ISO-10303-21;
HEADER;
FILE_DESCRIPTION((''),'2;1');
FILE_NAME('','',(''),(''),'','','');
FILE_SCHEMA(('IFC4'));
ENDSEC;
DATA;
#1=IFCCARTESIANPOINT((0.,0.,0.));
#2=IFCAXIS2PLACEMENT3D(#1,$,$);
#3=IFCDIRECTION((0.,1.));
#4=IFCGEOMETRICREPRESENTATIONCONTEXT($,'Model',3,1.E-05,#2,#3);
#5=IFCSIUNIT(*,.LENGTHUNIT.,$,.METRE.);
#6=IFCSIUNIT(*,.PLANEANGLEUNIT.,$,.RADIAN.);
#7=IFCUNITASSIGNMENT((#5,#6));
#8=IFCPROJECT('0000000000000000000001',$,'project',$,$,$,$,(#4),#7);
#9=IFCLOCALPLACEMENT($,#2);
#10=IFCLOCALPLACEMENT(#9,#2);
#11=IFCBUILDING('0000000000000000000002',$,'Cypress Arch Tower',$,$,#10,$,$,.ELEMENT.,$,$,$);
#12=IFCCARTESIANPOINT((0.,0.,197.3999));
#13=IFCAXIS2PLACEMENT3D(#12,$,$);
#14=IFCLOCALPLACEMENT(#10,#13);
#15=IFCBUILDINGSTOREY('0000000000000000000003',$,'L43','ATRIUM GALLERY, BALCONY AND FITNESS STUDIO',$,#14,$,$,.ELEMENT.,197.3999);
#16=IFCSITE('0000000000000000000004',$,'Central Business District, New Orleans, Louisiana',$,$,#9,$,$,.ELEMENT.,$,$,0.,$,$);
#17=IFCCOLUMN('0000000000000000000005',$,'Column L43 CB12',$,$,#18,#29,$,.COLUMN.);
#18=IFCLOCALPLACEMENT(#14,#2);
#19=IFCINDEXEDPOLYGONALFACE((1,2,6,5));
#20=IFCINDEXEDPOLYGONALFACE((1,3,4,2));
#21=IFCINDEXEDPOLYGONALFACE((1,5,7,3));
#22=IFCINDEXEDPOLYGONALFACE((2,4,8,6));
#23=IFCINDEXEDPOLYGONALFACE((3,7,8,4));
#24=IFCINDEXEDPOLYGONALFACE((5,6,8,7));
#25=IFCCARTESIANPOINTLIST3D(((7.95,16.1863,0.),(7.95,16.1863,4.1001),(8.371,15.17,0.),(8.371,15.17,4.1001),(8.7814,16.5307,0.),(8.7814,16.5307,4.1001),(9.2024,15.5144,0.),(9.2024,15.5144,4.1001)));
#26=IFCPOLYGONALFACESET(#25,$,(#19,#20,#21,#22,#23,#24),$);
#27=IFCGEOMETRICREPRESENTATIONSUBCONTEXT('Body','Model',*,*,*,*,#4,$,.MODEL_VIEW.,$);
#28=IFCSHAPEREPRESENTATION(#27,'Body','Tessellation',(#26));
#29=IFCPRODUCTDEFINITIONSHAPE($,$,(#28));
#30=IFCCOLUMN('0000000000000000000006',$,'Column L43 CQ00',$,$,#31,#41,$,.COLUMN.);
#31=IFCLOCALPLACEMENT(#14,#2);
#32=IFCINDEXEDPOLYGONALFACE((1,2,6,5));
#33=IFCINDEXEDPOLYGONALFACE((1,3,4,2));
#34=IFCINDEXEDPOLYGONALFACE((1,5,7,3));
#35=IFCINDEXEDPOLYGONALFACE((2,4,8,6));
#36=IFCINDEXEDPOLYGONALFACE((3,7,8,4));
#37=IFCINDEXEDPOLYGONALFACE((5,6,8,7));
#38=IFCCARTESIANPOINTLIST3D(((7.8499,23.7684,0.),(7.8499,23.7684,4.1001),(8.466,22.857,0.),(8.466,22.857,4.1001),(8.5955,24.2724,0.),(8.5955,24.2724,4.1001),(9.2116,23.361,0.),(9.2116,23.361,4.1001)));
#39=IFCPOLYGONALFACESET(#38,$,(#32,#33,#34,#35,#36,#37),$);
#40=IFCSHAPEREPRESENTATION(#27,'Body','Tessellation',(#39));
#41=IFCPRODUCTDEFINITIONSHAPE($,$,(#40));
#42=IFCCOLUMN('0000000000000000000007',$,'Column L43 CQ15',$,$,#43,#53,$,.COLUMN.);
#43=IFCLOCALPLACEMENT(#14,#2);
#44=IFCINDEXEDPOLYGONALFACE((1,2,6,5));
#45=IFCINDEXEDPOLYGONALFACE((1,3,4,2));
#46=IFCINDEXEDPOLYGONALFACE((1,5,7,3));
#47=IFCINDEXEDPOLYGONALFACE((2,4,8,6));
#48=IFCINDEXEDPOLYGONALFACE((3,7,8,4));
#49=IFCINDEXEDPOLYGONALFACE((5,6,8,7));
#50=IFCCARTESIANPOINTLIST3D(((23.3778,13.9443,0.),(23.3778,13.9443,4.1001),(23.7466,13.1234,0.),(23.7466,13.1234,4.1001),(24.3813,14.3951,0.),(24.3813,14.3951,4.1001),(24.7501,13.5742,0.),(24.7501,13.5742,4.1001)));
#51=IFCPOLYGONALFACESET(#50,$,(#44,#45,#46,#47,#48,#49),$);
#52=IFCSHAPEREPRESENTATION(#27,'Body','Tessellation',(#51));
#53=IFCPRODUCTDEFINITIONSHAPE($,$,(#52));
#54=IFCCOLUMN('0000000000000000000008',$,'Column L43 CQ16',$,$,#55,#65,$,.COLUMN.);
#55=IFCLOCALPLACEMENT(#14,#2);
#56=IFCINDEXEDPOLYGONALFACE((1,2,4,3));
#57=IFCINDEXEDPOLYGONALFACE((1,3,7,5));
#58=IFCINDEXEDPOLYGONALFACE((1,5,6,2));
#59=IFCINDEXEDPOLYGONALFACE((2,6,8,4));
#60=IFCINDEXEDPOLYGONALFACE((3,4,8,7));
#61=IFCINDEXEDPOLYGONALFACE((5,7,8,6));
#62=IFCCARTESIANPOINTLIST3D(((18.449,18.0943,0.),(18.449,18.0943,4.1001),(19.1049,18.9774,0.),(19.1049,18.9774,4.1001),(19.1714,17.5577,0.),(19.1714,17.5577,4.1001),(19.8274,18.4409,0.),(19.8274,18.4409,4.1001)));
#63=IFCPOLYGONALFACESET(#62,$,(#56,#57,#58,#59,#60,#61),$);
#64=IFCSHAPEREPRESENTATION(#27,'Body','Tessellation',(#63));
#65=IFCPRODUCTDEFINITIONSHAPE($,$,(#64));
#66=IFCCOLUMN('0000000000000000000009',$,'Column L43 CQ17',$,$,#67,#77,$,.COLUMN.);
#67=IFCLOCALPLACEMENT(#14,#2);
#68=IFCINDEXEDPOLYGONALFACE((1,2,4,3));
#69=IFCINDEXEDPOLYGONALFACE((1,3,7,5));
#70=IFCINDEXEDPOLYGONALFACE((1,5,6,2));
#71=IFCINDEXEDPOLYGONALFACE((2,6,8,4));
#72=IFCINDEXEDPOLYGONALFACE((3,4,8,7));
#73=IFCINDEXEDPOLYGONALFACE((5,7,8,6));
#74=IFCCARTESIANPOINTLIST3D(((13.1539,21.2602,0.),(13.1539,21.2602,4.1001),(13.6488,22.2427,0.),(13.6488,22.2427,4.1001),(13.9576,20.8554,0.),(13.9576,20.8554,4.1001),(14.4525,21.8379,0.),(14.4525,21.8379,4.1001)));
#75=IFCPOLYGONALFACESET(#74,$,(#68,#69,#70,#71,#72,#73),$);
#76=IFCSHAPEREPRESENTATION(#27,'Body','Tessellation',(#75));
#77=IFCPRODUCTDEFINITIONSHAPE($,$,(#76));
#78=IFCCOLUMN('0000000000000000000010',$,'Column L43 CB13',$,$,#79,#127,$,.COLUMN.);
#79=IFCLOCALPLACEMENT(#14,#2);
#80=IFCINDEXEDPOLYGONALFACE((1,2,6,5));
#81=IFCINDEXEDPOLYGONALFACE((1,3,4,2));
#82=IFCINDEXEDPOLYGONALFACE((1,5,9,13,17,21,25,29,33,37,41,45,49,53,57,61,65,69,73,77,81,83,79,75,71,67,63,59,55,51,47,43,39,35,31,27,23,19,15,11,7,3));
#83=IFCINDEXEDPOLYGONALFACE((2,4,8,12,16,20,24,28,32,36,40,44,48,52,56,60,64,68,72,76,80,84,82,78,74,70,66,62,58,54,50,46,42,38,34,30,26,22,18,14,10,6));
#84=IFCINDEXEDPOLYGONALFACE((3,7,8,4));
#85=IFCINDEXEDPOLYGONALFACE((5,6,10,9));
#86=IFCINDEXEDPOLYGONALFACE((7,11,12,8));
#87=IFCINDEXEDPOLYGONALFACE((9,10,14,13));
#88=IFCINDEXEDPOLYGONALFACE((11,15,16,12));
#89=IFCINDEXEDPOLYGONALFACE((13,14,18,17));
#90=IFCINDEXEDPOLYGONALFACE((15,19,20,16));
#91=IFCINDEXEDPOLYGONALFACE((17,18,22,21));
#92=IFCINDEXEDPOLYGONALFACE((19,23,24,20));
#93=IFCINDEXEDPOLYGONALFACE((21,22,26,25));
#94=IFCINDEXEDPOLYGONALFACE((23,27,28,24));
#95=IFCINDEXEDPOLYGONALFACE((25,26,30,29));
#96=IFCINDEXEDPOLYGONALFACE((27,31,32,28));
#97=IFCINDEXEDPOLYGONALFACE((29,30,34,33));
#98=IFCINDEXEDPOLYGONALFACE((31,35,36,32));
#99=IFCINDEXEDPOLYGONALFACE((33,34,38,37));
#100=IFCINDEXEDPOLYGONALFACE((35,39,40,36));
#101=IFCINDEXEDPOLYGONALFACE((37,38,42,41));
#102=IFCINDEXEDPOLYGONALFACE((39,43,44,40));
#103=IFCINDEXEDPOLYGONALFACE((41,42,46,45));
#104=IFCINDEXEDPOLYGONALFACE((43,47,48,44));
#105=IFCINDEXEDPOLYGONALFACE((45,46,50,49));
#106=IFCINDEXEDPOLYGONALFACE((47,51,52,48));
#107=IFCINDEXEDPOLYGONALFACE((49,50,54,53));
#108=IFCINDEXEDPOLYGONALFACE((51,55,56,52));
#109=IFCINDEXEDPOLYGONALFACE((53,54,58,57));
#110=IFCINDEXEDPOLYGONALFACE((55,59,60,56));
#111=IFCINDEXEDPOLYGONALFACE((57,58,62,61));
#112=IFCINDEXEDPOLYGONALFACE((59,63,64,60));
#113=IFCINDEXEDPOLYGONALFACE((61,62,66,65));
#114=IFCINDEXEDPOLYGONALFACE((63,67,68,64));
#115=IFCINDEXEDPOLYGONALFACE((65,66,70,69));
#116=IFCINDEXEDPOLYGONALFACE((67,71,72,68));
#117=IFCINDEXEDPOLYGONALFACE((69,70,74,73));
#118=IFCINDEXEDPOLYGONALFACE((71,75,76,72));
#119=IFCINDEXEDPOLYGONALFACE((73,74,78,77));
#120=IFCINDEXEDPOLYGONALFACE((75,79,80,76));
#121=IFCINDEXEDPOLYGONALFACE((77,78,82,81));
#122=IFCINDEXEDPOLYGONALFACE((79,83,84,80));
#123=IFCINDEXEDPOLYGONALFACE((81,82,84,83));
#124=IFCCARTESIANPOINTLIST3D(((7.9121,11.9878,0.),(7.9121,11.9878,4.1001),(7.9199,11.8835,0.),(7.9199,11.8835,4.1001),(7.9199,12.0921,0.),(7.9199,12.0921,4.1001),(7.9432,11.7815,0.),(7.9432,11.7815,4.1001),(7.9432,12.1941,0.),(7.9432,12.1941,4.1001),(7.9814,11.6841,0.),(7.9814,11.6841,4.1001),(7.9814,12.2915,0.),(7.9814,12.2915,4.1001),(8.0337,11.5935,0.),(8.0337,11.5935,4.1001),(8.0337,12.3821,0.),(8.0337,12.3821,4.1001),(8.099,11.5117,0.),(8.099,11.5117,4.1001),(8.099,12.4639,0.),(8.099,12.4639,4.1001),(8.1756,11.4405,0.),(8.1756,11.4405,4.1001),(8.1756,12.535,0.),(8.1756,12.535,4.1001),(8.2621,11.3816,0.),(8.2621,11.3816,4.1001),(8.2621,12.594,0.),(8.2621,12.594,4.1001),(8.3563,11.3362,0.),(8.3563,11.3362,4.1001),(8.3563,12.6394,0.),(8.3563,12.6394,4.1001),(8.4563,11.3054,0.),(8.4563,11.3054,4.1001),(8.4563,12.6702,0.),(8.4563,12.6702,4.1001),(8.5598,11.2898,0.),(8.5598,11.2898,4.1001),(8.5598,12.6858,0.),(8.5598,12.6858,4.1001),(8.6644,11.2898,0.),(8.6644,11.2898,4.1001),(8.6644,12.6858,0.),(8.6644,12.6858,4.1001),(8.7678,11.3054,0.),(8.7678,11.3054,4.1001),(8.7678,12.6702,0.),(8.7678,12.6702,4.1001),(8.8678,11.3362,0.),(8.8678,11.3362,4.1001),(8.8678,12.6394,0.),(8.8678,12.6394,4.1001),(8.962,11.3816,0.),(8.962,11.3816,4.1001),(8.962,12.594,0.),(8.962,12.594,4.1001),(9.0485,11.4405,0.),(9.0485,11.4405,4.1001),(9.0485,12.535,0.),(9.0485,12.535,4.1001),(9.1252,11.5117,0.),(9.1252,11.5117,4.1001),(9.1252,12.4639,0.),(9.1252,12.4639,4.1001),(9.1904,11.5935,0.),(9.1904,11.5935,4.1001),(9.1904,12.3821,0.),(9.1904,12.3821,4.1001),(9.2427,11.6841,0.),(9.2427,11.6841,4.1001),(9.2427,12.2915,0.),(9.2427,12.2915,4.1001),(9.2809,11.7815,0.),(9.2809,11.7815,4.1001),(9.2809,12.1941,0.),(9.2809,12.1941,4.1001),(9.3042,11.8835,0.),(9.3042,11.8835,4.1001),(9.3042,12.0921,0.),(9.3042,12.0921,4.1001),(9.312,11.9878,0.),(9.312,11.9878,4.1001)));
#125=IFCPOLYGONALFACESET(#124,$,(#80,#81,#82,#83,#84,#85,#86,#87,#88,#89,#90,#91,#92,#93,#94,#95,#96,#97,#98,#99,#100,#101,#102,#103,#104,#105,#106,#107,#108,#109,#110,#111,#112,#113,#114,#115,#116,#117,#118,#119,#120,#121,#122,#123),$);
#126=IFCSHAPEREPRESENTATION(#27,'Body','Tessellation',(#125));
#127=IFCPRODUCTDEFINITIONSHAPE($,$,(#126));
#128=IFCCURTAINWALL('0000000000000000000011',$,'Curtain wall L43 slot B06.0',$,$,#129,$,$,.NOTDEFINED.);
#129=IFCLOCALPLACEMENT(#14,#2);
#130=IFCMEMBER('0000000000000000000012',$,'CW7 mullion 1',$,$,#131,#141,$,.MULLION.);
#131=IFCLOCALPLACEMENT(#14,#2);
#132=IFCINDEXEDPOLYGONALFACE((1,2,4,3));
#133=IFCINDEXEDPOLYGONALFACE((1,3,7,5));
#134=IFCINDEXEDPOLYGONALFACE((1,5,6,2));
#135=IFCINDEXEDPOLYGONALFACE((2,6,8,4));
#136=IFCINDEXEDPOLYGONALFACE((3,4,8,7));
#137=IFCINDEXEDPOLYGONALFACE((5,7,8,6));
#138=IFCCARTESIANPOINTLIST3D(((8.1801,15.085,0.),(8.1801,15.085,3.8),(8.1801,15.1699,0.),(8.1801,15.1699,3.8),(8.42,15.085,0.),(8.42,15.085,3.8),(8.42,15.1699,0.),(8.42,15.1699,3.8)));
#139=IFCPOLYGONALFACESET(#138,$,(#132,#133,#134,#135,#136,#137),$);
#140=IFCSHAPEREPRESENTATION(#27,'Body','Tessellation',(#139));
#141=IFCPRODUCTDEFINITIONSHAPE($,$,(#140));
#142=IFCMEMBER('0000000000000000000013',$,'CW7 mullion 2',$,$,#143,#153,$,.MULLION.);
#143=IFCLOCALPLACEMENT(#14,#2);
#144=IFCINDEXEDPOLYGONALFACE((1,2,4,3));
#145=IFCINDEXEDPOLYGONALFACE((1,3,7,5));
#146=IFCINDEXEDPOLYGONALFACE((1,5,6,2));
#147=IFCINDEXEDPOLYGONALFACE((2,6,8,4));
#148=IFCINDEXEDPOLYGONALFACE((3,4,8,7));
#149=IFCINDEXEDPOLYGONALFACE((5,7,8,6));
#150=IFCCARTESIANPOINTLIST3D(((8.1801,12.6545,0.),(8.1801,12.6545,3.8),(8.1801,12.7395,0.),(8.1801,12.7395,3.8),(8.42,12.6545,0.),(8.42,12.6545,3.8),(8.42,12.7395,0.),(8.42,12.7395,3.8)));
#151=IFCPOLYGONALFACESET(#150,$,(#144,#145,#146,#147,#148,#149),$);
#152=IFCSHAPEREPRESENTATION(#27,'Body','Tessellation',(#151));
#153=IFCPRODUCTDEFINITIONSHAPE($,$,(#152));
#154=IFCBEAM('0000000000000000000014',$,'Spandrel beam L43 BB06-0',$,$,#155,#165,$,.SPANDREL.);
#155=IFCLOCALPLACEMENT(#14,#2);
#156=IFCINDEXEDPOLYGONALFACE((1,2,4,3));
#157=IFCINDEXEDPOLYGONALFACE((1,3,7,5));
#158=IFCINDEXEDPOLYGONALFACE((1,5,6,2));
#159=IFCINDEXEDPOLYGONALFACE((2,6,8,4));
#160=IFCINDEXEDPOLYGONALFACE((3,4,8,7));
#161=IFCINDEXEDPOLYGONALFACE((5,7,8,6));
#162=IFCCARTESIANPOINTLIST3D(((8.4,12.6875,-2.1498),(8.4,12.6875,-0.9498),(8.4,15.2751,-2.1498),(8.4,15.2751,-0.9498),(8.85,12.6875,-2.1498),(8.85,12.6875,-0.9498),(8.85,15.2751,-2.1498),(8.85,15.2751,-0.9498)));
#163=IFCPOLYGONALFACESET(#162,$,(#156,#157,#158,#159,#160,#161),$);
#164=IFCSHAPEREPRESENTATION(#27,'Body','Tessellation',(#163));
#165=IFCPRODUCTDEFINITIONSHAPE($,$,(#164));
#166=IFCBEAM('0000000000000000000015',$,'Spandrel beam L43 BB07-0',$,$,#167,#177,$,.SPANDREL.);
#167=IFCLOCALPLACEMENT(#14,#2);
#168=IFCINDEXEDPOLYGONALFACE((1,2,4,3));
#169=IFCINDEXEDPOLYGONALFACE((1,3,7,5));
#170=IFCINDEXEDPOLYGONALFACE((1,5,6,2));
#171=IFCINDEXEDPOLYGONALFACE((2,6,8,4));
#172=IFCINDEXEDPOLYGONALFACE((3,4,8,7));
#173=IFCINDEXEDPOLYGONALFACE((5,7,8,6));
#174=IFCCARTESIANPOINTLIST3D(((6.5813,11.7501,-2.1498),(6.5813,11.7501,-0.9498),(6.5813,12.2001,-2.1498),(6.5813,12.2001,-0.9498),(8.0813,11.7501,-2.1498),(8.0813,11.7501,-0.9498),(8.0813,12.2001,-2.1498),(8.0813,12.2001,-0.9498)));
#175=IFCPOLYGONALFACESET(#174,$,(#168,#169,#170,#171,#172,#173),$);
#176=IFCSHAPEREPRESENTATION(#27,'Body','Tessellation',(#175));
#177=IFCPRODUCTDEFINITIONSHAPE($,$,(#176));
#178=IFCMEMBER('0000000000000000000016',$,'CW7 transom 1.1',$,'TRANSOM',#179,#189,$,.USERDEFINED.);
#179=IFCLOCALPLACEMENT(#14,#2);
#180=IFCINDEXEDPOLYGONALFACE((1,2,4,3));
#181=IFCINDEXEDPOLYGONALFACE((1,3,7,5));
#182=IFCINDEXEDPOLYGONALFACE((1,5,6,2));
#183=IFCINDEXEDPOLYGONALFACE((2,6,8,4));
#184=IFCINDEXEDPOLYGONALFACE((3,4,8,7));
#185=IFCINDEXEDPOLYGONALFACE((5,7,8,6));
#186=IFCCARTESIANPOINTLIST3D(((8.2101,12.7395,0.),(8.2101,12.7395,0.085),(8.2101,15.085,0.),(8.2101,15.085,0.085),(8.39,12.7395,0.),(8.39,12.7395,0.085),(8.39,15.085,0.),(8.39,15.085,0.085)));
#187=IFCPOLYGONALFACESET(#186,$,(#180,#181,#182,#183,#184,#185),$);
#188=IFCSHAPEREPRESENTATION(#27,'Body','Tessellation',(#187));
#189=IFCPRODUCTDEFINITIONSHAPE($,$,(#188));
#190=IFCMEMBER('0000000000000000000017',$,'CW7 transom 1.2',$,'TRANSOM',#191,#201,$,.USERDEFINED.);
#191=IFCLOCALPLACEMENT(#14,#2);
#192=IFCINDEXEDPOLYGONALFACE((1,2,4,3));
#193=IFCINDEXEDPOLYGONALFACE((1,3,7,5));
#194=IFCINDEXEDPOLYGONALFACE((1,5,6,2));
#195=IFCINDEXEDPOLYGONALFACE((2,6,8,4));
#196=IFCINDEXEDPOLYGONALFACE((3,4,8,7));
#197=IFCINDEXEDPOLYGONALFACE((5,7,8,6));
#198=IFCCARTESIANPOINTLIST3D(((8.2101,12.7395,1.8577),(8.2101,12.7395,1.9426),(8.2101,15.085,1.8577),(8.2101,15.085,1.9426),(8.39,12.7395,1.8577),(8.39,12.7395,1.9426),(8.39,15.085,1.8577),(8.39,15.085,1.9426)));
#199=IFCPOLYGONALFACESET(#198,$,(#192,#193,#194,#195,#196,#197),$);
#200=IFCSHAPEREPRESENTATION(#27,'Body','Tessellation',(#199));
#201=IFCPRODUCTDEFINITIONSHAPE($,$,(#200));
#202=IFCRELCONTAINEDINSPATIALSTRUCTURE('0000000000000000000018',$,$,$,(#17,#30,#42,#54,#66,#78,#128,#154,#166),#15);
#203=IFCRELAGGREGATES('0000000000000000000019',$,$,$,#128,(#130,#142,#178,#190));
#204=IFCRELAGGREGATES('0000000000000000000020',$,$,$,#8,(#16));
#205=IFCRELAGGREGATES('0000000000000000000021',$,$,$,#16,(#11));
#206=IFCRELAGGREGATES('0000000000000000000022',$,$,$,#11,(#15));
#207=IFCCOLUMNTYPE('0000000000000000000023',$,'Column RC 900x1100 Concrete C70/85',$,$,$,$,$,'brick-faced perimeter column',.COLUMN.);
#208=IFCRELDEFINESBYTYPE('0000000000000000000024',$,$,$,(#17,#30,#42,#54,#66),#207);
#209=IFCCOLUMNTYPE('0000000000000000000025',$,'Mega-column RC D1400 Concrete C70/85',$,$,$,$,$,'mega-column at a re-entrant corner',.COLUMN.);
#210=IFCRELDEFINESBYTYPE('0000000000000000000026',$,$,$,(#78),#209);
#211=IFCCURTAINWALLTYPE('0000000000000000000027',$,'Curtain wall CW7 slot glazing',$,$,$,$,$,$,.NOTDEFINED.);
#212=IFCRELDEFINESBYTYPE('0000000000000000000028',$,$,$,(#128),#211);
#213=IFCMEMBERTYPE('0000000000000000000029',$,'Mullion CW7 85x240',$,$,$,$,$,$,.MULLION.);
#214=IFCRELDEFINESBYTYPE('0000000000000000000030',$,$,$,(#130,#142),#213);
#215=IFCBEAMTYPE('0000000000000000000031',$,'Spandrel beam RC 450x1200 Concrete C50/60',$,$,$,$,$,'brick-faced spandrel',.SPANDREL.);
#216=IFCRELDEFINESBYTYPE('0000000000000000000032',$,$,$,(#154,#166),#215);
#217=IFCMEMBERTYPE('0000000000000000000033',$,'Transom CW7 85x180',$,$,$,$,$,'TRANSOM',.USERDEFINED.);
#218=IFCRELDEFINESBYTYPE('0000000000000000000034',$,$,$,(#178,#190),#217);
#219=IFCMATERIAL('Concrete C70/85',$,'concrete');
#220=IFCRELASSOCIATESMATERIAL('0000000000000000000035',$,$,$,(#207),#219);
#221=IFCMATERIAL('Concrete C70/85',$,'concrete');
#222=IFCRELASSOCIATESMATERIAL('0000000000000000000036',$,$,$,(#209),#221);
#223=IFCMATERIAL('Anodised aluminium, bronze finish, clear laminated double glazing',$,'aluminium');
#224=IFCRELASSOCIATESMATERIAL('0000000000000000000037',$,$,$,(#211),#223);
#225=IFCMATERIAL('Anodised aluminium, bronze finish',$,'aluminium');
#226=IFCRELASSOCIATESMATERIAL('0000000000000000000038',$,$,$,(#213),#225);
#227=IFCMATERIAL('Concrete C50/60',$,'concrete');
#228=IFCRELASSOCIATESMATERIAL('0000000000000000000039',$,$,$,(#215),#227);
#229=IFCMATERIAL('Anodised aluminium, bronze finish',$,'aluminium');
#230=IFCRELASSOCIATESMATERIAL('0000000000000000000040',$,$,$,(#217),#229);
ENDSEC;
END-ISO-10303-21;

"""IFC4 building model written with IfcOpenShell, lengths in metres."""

from ifc_helpers import new_model, si_unit, direction, frame, origin, origin_2d, place, context, subcontext, project, spatial, rectangle, circle, extrude, material, material_profile, profile_set, type_object, element, aggregate, save


model = new_model("IFC4")

# Units and contexts
model_context = context("Model", 3, precision=1e-05, world=origin(), true_north=direction((0.0, 1.0)))
body_context = subcontext(model_context, "Body", "Model", "MODEL_VIEW")
ifc_project = project(units=[si_unit("LENGTHUNIT", "METRE"), si_unit("PLANEANGLEUNIT", "RADIAN")], contexts=[model_context])

# Site, building, storey
site_placement = place(None, origin())
site = spatial("IfcSite", under=ifc_project, at=site_placement, Name="Central Business District, New Orleans, Louisiana", CompositionType="ELEMENT", RefElevation=0.0)
building_placement = place(site_placement, origin())
building = spatial("IfcBuilding", under=site, at=building_placement, Name="Cypress Arch Tower", CompositionType="ELEMENT")
storey_placement = place(building_placement, frame((0.0, 0.0, 197.3999)))
storey = spatial("IfcBuildingStorey", under=building, at=storey_placement, Name="L43", Description="ATRIUM GALLERY, BALCONY AND FITNESS STUDIO", CompositionType="ELEMENT", Elevation=197.3999)

# Columns
ifc_material_1 = material(Name="Concrete C70/85", Category="concrete")
ifc_material_profile_1 = material_profile(ifc_material_1, rectangle(XDim=0.8999, YDim=1.1001, at=origin_2d()), Name="RC 900x1100")
ifc_profile_set_1 = profile_set([ifc_material_profile_1], Name="Concrete C70/85")
column_type_1 = type_object("IfcColumnType", Name="Column RC 900x1100 Concrete C70/85", ElementType="brick-faced perimeter column", PredefinedType="COLUMN", material=ifc_profile_set_1)
for number, where, z_axis, x_axis, name in (
    (1, (8.5762, 15.8503, 0.0), (0.0, 0.0, 1.0), (-0.92388, -0.382683, 0.0), "Column L43 CB12"),
    (2, (8.5308, 23.5647, 0.0), (0.0, 0.0, 1.0), (-0.82847, -0.560034, 0.0), "Column L43 CQ00"),
    (3, (24.064, 13.7593, 0.0), (0.0, 0.0, 1.0), (-0.409765, 0.912191, 0.0), "Column L43 CQ15"),
    (4, (19.1382, 18.2676, 0.0), (0.0, 0.0, 1.0), (-0.802799, 0.59625, 0.0), "Column L43 CQ16"),
    (5, (13.8032, 21.5491, 0.0), (0.0, 0.0, 1.0), (-0.893106, 0.449845, 0.0), "Column L43 CQ17"),
):
    element("IfcColumn", number, at=place(storey_placement, frame(where, z_axis=z_axis, x_axis=x_axis)), inside=storey, type_object=column_type_1, Name=name, PredefinedType="COLUMN", context=body_context, shape_type="SweptSolid", body=[
        extrude(rectangle(XDim=0.8999, YDim=1.1001, at=origin_2d()), origin(), (0.0, 0.0, 1.0), 4.1001),
    ])
ifc_material_2 = material(Name="Concrete C70/85", Category="concrete")
ifc_material_profile_2 = material_profile(ifc_material_2, circle(Radius=0.7, at=origin_2d()), Name="RC D1400")
ifc_profile_set_2 = profile_set([ifc_material_profile_2], Name="Concrete C70/85")
column_type_2 = type_object("IfcColumnType", Name="Mega-column RC D1400 Concrete C70/85", ElementType="mega-column at a re-entrant corner", PredefinedType="COLUMN", material=ifc_profile_set_2)
column_placement = place(storey_placement, frame((8.6121, 11.9878, 0.0), z_axis=(0.0, 0.0, 1.0), x_axis=(1.0, 0.0, 0.0)))
element("IfcColumn", 6, at=column_placement, inside=storey, type_object=column_type_2, Name="Column L43 CB13", PredefinedType="COLUMN", context=body_context, shape_type="SweptSolid", body=[
    extrude(circle(Radius=0.7, at=origin_2d()), origin(), (0.0, 0.0, 1.0), 4.1001),
])

# Curtain wall, members
ifc_material_3 = material(Name="Anodised aluminium, bronze finish, clear laminated double glazing", Category="aluminium")
curtain_wall_type = type_object("IfcCurtainWallType", Name="Curtain wall CW7 slot glazing", PredefinedType="NOTDEFINED", material=ifc_material_3)
curtain_wall_placement = place(storey_placement, origin())
curtain_wall = element("IfcCurtainWall", 7, at=curtain_wall_placement, inside=storey, type_object=curtain_wall_type, Name="Curtain wall L43 slot B06.0", PredefinedType="NOTDEFINED")
ifc_material_4 = material(Name="Anodised aluminium, bronze finish", Category="aluminium")
ifc_material_profile_3 = material_profile(ifc_material_4, rectangle(XDim=0.24, YDim=0.085, at=origin_2d()), Name="Mullion 85x240")
ifc_profile_set_3 = profile_set([ifc_material_profile_3], Name="Anodised aluminium, bronze finish")
member_type_1 = type_object("IfcMemberType", Name="Mullion CW7 85x240", PredefinedType="MULLION", material=ifc_profile_set_3)
member_1_placement = place(storey_placement, frame((8.3, 15.1274, 0.0), z_axis=(0.0, 0.0, 1.0), x_axis=(1.0, 0.0, 0.0)))
member_1 = element("IfcMember", 8, at=member_1_placement, type_object=member_type_1, Name="CW7 mullion 1", PredefinedType="MULLION", context=body_context, shape_type="SweptSolid", body=[
    extrude(rectangle(XDim=0.24, YDim=0.085, at=origin_2d()), origin(), (0.0, 0.0, 1.0), 3.8),
])
member_2_placement = place(storey_placement, frame((8.3, 12.697, 0.0), z_axis=(0.0, 0.0, 1.0), x_axis=(1.0, 0.0, 0.0)))
member_2 = element("IfcMember", 9, at=member_2_placement, type_object=member_type_1, Name="CW7 mullion 2", PredefinedType="MULLION", context=body_context, shape_type="SweptSolid", body=[
    extrude(rectangle(XDim=0.24, YDim=0.085, at=origin_2d()), origin(), (0.0, 0.0, 1.0), 3.8),
])

# Beams
ifc_material_5 = material(Name="Concrete C50/60", Category="concrete")
ifc_material_profile_4 = material_profile(ifc_material_5, rectangle(XDim=0.45, YDim=1.2, at=origin_2d()), Name="RC 450x1200")
ifc_profile_set_4 = profile_set([ifc_material_profile_4], Name="Concrete C50/60")
beam_type = type_object("IfcBeamType", Name="Spandrel beam RC 450x1200 Concrete C50/60", ElementType="brick-faced spandrel", PredefinedType="SPANDREL", material=ifc_profile_set_4)
beam_1_placement = place(storey_placement, frame((8.625, 15.2751, -1.5498), z_axis=(0.0, -1.0, 0.0), x_axis=(1.0, 0.0, 0.0)))
element("IfcBeam", 10, at=beam_1_placement, inside=storey, type_object=beam_type, Name="Spandrel beam L43 BB06-0", PredefinedType="SPANDREL", context=body_context, shape_type="SweptSolid", body=[
    extrude(rectangle(XDim=0.45, YDim=1.2, at=origin_2d()), origin(), (0.0, 0.0, 1.0), 2.5876),
])
beam_2_placement = place(storey_placement, frame((8.0813, 11.9751, -1.5498), z_axis=(-1.0, 0.0, 0.0), x_axis=(0.0, -1.0, 0.0)))
element("IfcBeam", 11, at=beam_2_placement, inside=storey, type_object=beam_type, Name="Spandrel beam L43 BB07-0", PredefinedType="SPANDREL", context=body_context, shape_type="SweptSolid", body=[
    extrude(rectangle(XDim=0.45, YDim=1.2, at=origin_2d()), origin(), (0.0, 0.0, 1.0), 1.5),
])

# Members
ifc_material_6 = material(Name="Anodised aluminium, bronze finish", Category="aluminium")
ifc_material_profile_5 = material_profile(ifc_material_6, rectangle(XDim=0.1799, YDim=0.085, at=origin_2d()), Name="Transom 85x180")
ifc_profile_set_5 = profile_set([ifc_material_profile_5], Name="Anodised aluminium, bronze finish")
member_type_2 = type_object("IfcMemberType", Name="Transom CW7 85x180", ElementType="TRANSOM", PredefinedType="USERDEFINED", material=ifc_profile_set_5)
member_3_placement = place(storey_placement, frame((8.3, 15.085, 0.0425), z_axis=(0.0, -1.0, 0.0), x_axis=(1.0, 0.0, 0.0)))
member_3 = element("IfcMember", 12, at=member_3_placement, type_object=member_type_2, Name="CW7 transom 1.1", ObjectType="TRANSOM", PredefinedType="USERDEFINED", context=body_context, shape_type="SweptSolid", body=[
    extrude(rectangle(XDim=0.1799, YDim=0.085, at=origin_2d()), origin(), (0.0, 0.0, 1.0), 2.3455),
])
member_4_placement = place(storey_placement, frame((8.3, 15.085, 1.9001), z_axis=(0.0, -1.0, 0.0), x_axis=(1.0, 0.0, 0.0)))
member_4 = element("IfcMember", 13, at=member_4_placement, type_object=member_type_2, Name="CW7 transom 1.2", ObjectType="TRANSOM", PredefinedType="USERDEFINED", context=body_context, shape_type="SweptSolid", body=[
    extrude(rectangle(XDim=0.1799, YDim=0.085, at=origin_2d()), origin(), (0.0, 0.0, 1.0), 2.3455),
])

aggregate(curtain_wall, [member_1, member_2, member_3, member_4])

save(model, "model.ifc")
